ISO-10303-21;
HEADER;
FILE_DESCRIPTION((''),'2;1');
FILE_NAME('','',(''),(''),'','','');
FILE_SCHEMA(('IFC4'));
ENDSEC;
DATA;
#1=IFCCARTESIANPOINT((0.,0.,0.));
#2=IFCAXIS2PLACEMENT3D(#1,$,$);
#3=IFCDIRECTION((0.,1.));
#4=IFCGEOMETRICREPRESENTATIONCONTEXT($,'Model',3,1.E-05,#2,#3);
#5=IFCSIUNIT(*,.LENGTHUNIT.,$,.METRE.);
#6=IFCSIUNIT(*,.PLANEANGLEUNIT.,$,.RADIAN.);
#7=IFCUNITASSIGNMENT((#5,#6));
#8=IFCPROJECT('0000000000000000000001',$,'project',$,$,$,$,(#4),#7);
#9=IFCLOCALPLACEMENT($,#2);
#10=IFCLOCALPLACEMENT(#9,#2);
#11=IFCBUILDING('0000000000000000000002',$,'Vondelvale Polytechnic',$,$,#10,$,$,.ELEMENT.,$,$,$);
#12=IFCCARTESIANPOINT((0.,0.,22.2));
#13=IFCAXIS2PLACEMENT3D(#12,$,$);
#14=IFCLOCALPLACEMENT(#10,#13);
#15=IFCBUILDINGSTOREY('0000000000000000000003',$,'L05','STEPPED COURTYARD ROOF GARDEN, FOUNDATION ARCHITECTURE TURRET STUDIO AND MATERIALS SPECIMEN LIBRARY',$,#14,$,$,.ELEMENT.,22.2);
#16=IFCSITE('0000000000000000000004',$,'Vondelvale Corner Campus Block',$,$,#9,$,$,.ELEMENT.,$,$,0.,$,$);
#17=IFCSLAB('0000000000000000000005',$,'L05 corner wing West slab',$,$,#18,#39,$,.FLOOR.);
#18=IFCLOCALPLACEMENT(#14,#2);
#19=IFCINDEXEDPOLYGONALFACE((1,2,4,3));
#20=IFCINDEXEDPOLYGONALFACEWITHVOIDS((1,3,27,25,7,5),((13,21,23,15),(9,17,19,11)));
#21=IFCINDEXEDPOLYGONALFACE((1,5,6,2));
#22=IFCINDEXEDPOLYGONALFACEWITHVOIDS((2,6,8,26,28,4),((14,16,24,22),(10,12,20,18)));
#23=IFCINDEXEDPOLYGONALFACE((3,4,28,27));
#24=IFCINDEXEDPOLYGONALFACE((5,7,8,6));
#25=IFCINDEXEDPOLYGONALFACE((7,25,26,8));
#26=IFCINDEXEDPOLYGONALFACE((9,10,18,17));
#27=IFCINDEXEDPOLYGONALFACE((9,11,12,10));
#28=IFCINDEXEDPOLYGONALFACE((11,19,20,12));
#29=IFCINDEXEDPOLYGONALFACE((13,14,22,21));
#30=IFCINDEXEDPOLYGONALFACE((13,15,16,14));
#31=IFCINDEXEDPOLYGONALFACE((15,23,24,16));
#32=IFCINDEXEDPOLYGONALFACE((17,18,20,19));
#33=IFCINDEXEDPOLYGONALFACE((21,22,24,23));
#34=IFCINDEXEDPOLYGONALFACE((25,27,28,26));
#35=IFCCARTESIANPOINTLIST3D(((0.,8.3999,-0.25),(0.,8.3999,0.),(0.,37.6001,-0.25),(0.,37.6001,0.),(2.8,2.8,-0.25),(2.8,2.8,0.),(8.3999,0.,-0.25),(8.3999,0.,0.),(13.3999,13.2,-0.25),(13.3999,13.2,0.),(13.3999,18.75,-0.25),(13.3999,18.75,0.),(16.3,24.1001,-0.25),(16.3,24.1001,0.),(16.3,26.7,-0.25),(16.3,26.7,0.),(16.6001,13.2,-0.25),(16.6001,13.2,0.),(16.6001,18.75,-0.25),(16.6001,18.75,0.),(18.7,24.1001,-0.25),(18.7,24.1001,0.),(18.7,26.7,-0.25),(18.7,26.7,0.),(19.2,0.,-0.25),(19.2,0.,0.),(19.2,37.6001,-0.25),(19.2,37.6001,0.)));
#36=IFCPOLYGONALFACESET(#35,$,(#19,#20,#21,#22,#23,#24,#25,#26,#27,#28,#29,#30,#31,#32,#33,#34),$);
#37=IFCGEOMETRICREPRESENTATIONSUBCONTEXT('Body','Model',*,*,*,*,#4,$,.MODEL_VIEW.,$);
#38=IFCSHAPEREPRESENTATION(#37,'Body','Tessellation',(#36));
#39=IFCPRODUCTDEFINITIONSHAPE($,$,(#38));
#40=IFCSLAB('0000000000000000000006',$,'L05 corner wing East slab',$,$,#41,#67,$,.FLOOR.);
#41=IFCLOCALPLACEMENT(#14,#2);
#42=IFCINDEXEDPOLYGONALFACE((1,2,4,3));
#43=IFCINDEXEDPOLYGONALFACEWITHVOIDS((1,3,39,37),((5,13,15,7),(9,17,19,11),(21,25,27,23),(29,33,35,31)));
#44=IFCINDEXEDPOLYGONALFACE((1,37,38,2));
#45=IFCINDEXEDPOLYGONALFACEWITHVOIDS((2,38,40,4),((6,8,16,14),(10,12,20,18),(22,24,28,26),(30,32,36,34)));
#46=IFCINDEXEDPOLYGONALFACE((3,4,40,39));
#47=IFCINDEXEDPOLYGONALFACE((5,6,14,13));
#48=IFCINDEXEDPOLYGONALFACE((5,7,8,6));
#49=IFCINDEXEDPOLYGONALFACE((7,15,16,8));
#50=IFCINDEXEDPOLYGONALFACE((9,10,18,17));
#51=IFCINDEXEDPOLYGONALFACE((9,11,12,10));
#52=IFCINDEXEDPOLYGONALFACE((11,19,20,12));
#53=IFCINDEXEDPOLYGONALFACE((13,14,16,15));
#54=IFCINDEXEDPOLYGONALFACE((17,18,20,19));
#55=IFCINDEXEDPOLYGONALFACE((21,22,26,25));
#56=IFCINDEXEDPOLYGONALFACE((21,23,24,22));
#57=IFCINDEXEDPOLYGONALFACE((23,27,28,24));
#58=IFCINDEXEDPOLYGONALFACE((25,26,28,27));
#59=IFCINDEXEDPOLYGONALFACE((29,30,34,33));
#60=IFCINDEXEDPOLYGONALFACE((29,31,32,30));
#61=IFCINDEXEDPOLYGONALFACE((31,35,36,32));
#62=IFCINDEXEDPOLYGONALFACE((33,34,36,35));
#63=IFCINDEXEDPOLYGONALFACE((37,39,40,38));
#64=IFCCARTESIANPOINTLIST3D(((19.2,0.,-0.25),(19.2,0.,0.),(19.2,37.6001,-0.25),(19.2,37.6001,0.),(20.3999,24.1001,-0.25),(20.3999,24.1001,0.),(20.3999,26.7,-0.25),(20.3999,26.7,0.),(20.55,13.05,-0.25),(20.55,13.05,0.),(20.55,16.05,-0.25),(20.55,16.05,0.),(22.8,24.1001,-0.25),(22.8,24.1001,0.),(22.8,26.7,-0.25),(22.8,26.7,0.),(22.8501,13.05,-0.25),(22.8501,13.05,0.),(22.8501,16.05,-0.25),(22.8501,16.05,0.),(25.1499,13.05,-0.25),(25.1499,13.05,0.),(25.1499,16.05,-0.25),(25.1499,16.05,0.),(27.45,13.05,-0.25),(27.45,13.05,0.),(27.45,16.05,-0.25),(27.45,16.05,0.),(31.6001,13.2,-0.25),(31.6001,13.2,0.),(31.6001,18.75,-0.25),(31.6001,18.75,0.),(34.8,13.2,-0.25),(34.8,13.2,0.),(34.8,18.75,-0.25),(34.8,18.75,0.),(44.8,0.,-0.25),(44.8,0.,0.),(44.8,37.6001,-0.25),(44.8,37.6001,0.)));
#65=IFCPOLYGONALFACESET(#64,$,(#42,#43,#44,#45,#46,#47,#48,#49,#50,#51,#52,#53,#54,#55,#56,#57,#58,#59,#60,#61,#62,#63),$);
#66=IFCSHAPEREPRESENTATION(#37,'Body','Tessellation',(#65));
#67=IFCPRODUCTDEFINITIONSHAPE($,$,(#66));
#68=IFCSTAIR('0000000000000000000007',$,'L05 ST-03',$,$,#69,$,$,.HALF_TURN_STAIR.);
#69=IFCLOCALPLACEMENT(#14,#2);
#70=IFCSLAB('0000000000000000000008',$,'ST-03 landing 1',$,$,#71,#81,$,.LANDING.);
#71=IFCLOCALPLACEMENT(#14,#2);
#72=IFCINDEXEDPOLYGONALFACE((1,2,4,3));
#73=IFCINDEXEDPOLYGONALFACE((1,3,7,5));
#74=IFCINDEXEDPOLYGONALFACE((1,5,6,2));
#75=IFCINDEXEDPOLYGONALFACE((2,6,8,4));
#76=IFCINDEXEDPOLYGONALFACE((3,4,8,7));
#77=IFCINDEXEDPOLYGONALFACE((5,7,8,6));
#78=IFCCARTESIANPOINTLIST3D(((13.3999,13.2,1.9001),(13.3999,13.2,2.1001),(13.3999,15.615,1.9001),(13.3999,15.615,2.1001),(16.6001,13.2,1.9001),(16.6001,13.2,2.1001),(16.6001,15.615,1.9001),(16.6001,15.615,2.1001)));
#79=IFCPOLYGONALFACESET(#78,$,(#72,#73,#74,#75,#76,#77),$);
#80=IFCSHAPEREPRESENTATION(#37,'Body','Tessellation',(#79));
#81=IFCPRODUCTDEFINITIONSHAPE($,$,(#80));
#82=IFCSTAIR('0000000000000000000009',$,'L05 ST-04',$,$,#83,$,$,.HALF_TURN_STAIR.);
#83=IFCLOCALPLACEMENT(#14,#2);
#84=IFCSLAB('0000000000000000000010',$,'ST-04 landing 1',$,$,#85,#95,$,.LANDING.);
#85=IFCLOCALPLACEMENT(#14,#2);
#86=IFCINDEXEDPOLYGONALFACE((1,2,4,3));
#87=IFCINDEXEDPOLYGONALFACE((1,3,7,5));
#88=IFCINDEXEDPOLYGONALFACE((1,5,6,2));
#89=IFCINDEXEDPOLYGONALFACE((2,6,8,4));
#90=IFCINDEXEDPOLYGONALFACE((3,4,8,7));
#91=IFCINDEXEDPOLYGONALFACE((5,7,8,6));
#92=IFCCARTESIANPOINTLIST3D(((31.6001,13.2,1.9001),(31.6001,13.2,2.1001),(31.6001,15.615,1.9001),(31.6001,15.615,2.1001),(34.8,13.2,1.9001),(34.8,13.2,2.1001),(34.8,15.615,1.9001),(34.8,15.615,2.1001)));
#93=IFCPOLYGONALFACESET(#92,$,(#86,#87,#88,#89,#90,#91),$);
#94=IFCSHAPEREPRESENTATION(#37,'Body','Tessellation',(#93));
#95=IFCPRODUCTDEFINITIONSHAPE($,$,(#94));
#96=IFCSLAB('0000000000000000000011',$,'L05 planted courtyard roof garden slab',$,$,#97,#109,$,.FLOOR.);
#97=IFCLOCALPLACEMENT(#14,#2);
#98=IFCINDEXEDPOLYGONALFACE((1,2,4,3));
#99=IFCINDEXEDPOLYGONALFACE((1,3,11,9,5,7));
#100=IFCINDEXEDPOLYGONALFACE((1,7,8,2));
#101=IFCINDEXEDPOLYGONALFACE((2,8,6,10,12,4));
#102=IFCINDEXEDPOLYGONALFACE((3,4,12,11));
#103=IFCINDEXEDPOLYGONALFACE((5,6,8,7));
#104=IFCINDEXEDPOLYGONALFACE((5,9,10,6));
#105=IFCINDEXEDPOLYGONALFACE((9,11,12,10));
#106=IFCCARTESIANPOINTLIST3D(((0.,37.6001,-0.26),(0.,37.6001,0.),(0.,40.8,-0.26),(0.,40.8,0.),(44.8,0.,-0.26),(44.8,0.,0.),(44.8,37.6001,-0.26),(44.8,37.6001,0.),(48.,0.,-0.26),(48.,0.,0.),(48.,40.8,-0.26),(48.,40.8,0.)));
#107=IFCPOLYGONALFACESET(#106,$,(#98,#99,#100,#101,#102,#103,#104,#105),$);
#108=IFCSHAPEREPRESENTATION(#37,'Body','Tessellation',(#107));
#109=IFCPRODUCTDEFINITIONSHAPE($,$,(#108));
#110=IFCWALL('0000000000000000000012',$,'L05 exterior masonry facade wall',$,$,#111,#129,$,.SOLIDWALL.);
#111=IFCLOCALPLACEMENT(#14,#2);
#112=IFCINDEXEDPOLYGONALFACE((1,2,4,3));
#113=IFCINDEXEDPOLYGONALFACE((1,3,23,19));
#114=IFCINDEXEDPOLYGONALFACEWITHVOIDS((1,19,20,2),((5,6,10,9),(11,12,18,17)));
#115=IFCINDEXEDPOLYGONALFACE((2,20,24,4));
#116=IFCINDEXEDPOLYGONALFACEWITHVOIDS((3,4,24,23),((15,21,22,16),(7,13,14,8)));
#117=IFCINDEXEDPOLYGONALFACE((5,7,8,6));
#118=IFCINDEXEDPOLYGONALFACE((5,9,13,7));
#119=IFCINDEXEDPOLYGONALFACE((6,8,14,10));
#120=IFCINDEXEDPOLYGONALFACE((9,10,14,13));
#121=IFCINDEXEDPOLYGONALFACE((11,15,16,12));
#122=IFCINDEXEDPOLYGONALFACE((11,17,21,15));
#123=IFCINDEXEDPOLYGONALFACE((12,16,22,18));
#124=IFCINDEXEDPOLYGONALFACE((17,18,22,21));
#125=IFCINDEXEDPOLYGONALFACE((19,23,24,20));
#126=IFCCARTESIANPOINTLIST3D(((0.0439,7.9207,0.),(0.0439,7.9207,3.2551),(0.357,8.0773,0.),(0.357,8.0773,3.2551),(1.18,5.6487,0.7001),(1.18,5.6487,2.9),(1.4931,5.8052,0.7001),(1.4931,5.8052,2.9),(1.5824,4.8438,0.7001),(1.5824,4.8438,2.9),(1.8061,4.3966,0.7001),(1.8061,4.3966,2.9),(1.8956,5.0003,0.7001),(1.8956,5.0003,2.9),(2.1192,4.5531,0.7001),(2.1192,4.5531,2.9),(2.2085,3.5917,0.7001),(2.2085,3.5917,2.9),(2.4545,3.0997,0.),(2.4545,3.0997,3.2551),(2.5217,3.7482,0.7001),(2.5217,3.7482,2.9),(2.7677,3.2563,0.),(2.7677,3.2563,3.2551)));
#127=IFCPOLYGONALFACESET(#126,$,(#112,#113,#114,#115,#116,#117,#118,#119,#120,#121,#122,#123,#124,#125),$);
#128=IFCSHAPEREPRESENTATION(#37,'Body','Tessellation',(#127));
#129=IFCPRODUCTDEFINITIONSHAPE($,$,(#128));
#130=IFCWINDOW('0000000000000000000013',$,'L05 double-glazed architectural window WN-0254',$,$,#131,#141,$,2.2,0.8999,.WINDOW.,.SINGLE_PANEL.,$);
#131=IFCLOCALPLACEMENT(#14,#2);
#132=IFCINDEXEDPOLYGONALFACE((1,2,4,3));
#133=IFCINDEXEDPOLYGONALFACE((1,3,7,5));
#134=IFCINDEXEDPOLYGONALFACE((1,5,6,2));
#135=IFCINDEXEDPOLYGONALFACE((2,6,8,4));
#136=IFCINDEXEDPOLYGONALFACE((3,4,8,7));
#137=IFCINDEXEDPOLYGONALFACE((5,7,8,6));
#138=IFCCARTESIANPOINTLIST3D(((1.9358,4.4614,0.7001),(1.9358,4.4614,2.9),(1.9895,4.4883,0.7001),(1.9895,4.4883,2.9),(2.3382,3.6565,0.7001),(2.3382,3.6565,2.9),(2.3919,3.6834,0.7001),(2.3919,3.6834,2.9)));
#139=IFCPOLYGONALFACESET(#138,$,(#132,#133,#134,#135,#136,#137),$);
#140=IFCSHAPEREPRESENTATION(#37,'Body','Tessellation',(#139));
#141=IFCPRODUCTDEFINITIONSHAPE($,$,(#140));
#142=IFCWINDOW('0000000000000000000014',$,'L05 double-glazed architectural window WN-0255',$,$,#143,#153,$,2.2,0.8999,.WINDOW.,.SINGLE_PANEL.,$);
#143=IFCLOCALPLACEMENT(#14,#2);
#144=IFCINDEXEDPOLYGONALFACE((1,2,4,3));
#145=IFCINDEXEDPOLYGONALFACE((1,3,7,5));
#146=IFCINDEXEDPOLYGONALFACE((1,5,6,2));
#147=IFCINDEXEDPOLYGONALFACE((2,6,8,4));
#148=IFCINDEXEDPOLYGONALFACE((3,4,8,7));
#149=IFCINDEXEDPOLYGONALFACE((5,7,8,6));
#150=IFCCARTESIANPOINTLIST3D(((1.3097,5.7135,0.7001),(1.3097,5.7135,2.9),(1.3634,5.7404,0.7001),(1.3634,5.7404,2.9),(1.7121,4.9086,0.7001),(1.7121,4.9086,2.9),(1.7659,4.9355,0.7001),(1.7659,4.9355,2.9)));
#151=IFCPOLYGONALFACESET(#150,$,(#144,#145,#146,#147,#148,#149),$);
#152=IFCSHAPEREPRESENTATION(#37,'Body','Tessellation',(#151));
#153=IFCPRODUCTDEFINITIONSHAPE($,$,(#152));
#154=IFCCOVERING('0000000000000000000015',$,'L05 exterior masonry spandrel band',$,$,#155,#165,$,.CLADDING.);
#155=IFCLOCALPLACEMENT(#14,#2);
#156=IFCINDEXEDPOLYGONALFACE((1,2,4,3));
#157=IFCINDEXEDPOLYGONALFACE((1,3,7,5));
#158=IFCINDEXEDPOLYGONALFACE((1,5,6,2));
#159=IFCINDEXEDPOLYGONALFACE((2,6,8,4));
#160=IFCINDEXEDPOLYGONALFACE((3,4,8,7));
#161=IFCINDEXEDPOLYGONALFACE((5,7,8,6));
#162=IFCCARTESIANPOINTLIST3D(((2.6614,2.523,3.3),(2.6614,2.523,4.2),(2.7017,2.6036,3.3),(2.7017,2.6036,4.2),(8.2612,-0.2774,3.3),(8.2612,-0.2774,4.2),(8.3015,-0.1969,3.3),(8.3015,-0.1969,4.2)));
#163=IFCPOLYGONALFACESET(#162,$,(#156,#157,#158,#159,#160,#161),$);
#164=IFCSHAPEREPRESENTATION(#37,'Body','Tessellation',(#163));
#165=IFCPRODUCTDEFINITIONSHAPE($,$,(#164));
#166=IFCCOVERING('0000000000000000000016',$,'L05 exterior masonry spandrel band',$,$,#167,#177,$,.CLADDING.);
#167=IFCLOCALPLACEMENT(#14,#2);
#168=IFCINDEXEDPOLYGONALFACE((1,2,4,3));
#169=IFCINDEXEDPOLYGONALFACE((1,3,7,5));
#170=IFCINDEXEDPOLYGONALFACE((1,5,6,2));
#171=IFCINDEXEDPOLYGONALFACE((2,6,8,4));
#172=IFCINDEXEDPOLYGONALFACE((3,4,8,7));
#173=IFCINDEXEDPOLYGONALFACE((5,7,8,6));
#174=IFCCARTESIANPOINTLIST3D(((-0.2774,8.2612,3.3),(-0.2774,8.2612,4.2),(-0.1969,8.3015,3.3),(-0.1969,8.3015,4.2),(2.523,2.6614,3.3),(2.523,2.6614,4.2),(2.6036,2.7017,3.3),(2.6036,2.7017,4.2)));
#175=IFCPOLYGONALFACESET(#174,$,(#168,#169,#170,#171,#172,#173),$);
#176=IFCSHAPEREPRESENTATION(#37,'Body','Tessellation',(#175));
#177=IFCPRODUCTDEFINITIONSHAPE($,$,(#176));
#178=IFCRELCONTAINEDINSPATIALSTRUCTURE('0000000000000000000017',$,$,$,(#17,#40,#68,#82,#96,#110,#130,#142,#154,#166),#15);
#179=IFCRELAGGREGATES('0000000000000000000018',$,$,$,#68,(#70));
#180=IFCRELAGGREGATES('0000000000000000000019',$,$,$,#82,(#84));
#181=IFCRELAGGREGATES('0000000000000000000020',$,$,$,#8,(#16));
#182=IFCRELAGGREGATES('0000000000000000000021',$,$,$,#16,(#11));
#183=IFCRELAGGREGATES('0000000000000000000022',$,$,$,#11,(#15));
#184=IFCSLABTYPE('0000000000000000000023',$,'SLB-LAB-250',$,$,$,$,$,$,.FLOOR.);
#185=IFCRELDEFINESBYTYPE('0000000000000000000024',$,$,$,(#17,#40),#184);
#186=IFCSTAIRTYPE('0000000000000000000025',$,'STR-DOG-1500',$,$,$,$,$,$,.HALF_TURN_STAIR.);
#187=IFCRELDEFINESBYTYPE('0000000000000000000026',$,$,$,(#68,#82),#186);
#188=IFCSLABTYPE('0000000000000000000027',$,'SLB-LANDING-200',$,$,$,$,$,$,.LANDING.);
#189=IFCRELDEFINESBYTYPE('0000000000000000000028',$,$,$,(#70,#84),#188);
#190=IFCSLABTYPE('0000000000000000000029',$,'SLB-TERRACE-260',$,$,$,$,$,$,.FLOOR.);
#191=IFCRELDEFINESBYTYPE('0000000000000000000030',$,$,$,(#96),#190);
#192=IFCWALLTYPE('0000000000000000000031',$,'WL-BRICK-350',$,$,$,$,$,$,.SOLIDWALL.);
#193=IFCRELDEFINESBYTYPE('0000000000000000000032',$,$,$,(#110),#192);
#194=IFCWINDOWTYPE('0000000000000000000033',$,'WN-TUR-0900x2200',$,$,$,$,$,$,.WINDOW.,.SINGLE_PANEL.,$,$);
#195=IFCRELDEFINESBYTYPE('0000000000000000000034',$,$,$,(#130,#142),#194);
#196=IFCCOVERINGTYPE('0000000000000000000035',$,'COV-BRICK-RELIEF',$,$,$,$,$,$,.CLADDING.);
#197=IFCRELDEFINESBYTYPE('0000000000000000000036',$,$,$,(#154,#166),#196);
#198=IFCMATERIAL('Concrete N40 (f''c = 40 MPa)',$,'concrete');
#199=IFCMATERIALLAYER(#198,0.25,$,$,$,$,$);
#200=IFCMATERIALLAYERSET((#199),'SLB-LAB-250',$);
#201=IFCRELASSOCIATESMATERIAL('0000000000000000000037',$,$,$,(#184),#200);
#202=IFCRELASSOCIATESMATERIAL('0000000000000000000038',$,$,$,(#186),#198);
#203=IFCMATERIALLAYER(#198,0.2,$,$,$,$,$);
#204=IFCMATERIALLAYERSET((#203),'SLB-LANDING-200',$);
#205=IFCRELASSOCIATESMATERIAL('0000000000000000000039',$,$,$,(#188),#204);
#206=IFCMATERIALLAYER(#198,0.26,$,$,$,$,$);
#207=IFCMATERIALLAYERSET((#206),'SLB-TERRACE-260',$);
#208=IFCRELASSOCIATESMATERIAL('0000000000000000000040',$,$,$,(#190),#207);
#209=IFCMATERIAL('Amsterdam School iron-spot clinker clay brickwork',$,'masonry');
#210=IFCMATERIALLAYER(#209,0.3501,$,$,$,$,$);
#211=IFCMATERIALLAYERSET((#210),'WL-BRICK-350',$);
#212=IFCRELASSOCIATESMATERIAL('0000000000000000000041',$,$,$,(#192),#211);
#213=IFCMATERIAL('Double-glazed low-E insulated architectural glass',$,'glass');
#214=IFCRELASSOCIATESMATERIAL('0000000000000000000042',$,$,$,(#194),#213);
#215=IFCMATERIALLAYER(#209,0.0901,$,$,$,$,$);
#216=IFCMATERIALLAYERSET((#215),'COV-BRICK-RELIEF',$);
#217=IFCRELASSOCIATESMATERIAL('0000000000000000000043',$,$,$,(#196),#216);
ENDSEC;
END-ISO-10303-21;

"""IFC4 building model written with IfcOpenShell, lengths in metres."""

from ifc_helpers import new_model, si_unit, direction, frame, frame_2d, origin, origin_2d, place, context, subcontext, project, spatial, polyline, rectangle, outline, extrude, material, layer, layer_set, type_object, element, fill, aggregate, save


model = new_model("IFC4")

# Units and contexts
model_context = context("Model", 3, precision=1e-05, world=origin(), true_north=direction((0.0, 1.0)))
body_context = subcontext(model_context, "Body", "Model", "MODEL_VIEW")
ifc_project = project(units=[si_unit("LENGTHUNIT", "METRE"), si_unit("PLANEANGLEUNIT", "RADIAN")], contexts=[model_context])

# Site, building, storey
site_placement = place(None, origin())
site = spatial("IfcSite", under=ifc_project, at=site_placement, Name="Vondelvale Corner Campus Block", CompositionType="ELEMENT", RefElevation=0.0)
building_placement = place(site_placement, origin())
building = spatial("IfcBuilding", under=site, at=building_placement, Name="Vondelvale Polytechnic", CompositionType="ELEMENT")
storey_placement = place(building_placement, frame((0.0, 0.0, 22.2)))
storey = spatial("IfcBuildingStorey", under=building, at=storey_placement, Name="L05", Description="STEPPED COURTYARD ROOF GARDEN, FOUNDATION ARCHITECTURE TURRET STUDIO AND MATERIALS SPECIMEN LIBRARY", CompositionType="ELEMENT", Elevation=22.2)

# Shared definitions
ifc_material_1 = material(Name="Concrete N40 (f'c = 40 MPa)", Category="concrete")

# Slabs
ifc_layer_1 = layer(ifc_material_1, 0.25)
ifc_layer_set_1 = layer_set([ifc_layer_1], Name="SLB-LAB-250")
slab_type_1 = type_object("IfcSlabType", Name="SLB-LAB-250", PredefinedType="FLOOR", material=ifc_layer_set_1)
slab_1_placement = place(storey_placement, frame((0.0, 0.0, -0.25)))
element("IfcSlab", 1, at=slab_1_placement, inside=storey, type_object=slab_type_1, Name="L05 corner wing West slab", PredefinedType="FLOOR", context=body_context, shape_type="SweptSolid", body=[
    extrude(outline(polyline([(8.3999, 0.0), (19.2, 0.0), (19.2, 37.6001), (0.0, 37.6001), (0.0, 8.3999), (2.8, 2.8), (8.3999, 0.0)]), holes=[polyline([(13.3999, 18.75), (13.3999, 13.2), (16.6001, 13.2), (16.6001, 18.75), (13.3999, 18.75)]), polyline([(16.3, 24.1001), (18.7, 24.1001), (18.7, 26.7), (16.3, 26.7), (16.3, 24.1001)])]), origin(), (0.0, 0.0, 1.0), 0.25),
])
slab_2_placement = place(storey_placement, frame((0.0, 0.0, -0.25)))
element("IfcSlab", 2, at=slab_2_placement, inside=storey, type_object=slab_type_1, Name="L05 corner wing East slab", PredefinedType="FLOOR", context=body_context, shape_type="SweptSolid", body=[
    extrude(outline(polyline([(19.2, 0.0), (44.8, 0.0), (44.8, 37.6001), (19.2, 37.6001), (19.2, 0.0)]), holes=[polyline([(31.6001, 18.75), (31.6001, 13.2), (34.8, 13.2), (34.8, 18.75), (31.6001, 18.75)]), polyline([(20.55, 13.05), (22.8501, 13.05), (22.8501, 16.05), (20.55, 16.05), (20.55, 13.05)]), polyline([(25.1499, 13.05), (27.45, 13.05), (27.45, 16.05), (25.1499, 16.05), (25.1499, 13.05)]), polyline([(20.3999, 24.1001), (22.8, 24.1001), (22.8, 26.7), (20.3999, 26.7), (20.3999, 24.1001)])]), origin(), (0.0, 0.0, 1.0), 0.25),
])

# Stairs, slabs
stair_type = type_object("IfcStairType", Name="STR-DOG-1500", PredefinedType="HALF_TURN_STAIR", material=ifc_material_1)
stair_1_placement = place(storey_placement, origin())
stair_1 = element("IfcStair", 3, at=stair_1_placement, inside=storey, type_object=stair_type, Name="L05 ST-03", PredefinedType="HALF_TURN_STAIR")
ifc_layer_2 = layer(ifc_material_1, 0.2)
ifc_layer_set_2 = layer_set([ifc_layer_2], Name="SLB-LANDING-200")
slab_type_2 = type_object("IfcSlabType", Name="SLB-LANDING-200", PredefinedType="LANDING", material=ifc_layer_set_2)
slab_3_placement = place(storey_placement, frame((0.0, 0.0, 1.9001)))
slab_3 = element("IfcSlab", 4, at=slab_3_placement, type_object=slab_type_2, Name="ST-03 landing 1", PredefinedType="LANDING", context=body_context, shape_type="SweptSolid", body=[
    extrude(outline(polyline([(13.3999, 15.615), (13.3999, 13.2), (16.6001, 13.2), (16.6001, 15.615), (13.3999, 15.615)])), origin(), (0.0, 0.0, 1.0), 0.2),
])
aggregate(stair_1, [slab_3])
stair_2_placement = place(storey_placement, origin())
stair_2 = element("IfcStair", 5, at=stair_2_placement, inside=storey, type_object=stair_type, Name="L05 ST-04", PredefinedType="HALF_TURN_STAIR")
slab_4_placement = place(storey_placement, frame((0.0, 0.0, 1.9001)))
slab_4 = element("IfcSlab", 6, at=slab_4_placement, type_object=slab_type_2, Name="ST-04 landing 1", PredefinedType="LANDING", context=body_context, shape_type="SweptSolid", body=[
    extrude(outline(polyline([(31.6001, 15.615), (31.6001, 13.2), (34.8, 13.2), (34.8, 15.615), (31.6001, 15.615)])), origin(), (0.0, 0.0, 1.0), 0.2),
])
aggregate(stair_2, [slab_4])

# Slab
ifc_layer_3 = layer(ifc_material_1, 0.26)
ifc_layer_set_3 = layer_set([ifc_layer_3], Name="SLB-TERRACE-260")
slab_type_3 = type_object("IfcSlabType", Name="SLB-TERRACE-260", PredefinedType="FLOOR", material=ifc_layer_set_3)
slab_5_placement = place(storey_placement, frame((0.0, 0.0, -0.26)))
element("IfcSlab", 7, at=slab_5_placement, inside=storey, type_object=slab_type_3, Name="L05 planted courtyard roof garden slab", PredefinedType="FLOOR", context=body_context, shape_type="SweptSolid", body=[
    extrude(outline(polyline([(44.8, 0.0), (48.0, 0.0), (48.0, 40.8), (0.0, 40.8), (0.0, 37.6001), (44.8, 37.6001), (44.8, 0.0)])), origin(), (0.0, 0.0, 1.0), 0.26),
])

# Wall, openings, windows
ifc_material_2 = material(Name="Amsterdam School iron-spot clinker clay brickwork", Category="masonry")
ifc_layer_4 = layer(ifc_material_2, 0.3501)
ifc_layer_set_4 = layer_set([ifc_layer_4], Name="WL-BRICK-350")
wall_type = type_object("IfcWallType", Name="WL-BRICK-350", PredefinedType="SOLIDWALL", material=ifc_layer_set_4)
wall_placement = place(storey_placement, frame((2.6111, 3.178, 0.0), z_axis=(0.0, 0.0, 1.0), x_axis=(-0.447232, 0.894418, 0.0)))
wall = element("IfcWall", 8, at=wall_placement, inside=storey, type_object=wall_type, Name="L05 exterior masonry facade wall", PredefinedType="SOLIDWALL", context=body_context, shape_type="SweptSolid", body=[
    extrude(rectangle(XDim=5.3901, YDim=0.3501, at=frame_2d((2.6951, 0.0))), origin(), (0.0, 0.0, 1.0), 3.2551),
])
opening_1_placement = place(wall_placement, frame((0.55, 0.0, 0.7)))
opening_1 = element("IfcOpeningElement", 9, at=opening_1_placement, cuts=wall, PredefinedType="OPENING", context=body_context, shape_type="SweptSolid", body=[
    extrude(rectangle(XDim=0.8999, YDim=2.2, at=frame_2d((0.45, 1.1001))), frame((0.0, 0.1851, 0.0), z_axis=(0.0, -1.0, 0.0), x_axis=(1.0, 0.0, 0.0)), (0.0, 0.0, 1.0), 0.3701),
])
opening_2_placement = place(wall_placement, frame((1.95, 0.0, 0.7)))
opening_2 = element("IfcOpeningElement", 10, at=opening_2_placement, cuts=wall, PredefinedType="OPENING", context=body_context, shape_type="SweptSolid", body=[
    extrude(rectangle(XDim=0.8999, YDim=2.2, at=frame_2d((0.45, 1.1001))), frame((0.0, 0.1851, 0.0), z_axis=(0.0, -1.0, 0.0), x_axis=(1.0, 0.0, 0.0)), (0.0, 0.0, 1.0), 0.3701),
])
ifc_material_3 = material(Name="Double-glazed low-E insulated architectural glass", Category="glass")
window_type_1 = type_object("IfcWindowType", Name="WN-TUR-0900x2200", PartitioningType="SINGLE_PANEL", PredefinedType="WINDOW", material=ifc_material_3)
window_1_placement = place(opening_1_placement, origin())
window_1 = element("IfcWindow", 11, at=window_1_placement, inside=storey, type_object=window_type_1, Name="L05 double-glazed architectural window WN-0254", OverallHeight=2.2, OverallWidth=0.8999, PartitioningType="SINGLE_PANEL", PredefinedType="WINDOW", context=body_context, shape_type="SweptSolid", body=[
    extrude(rectangle(XDim=0.8999, YDim=2.2, at=frame_2d((0.45, 1.1001))), frame((0.0, 0.03, 0.0), z_axis=(0.0, -1.0, 0.0), x_axis=(1.0, 0.0, 0.0)), (0.0, 0.0, 1.0), 0.0601),
])
fill(opening_1, window_1)
window_2_placement = place(opening_2_placement, origin())
window_2 = element("IfcWindow", 12, at=window_2_placement, inside=storey, type_object=window_type_1, Name="L05 double-glazed architectural window WN-0255", OverallHeight=2.2, OverallWidth=0.8999, PartitioningType="SINGLE_PANEL", PredefinedType="WINDOW", context=body_context, shape_type="SweptSolid", body=[
    extrude(rectangle(XDim=0.8999, YDim=2.2, at=frame_2d((0.45, 1.1001))), frame((0.0, 0.03, 0.0), z_axis=(0.0, -1.0, 0.0), x_axis=(1.0, 0.0, 0.0)), (0.0, 0.0, 1.0), 0.0601),
])
fill(opening_2, window_2)

# Coverings
ifc_layer_5 = layer(ifc_material_2, 0.0901)
ifc_layer_set_5 = layer_set([ifc_layer_5], Name="COV-BRICK-RELIEF")
covering_type_1 = type_object("IfcCoveringType", Name="COV-BRICK-RELIEF", PredefinedType="CLADDING", material=ifc_layer_set_5)
for number, where, z_axis, x_axis, name in (
    (13, (5.4814, 1.1631, 3.3), (0.0, 0.0, 1.0), (-0.894389, 0.447291, 0.0), "L05 exterior masonry spandrel band"),
    (14, (1.1631, 5.4814, 3.3), (0.0, 0.0, 1.0), (-0.447291, 0.894389, 0.0), "L05 exterior masonry spandrel band"),
):
    element("IfcCovering", number, at=place(storey_placement, frame(where, z_axis=z_axis, x_axis=x_axis)), inside=storey, type_object=covering_type_1, Name=name, PredefinedType="CLADDING", context=body_context, shape_type="SweptSolid", body=[
        extrude(rectangle(XDim=6.261, YDim=0.0901, at=origin_2d()), origin(), (0.0, 0.0, 1.0), 0.8999),
    ])

save(model, "model.ifc")
